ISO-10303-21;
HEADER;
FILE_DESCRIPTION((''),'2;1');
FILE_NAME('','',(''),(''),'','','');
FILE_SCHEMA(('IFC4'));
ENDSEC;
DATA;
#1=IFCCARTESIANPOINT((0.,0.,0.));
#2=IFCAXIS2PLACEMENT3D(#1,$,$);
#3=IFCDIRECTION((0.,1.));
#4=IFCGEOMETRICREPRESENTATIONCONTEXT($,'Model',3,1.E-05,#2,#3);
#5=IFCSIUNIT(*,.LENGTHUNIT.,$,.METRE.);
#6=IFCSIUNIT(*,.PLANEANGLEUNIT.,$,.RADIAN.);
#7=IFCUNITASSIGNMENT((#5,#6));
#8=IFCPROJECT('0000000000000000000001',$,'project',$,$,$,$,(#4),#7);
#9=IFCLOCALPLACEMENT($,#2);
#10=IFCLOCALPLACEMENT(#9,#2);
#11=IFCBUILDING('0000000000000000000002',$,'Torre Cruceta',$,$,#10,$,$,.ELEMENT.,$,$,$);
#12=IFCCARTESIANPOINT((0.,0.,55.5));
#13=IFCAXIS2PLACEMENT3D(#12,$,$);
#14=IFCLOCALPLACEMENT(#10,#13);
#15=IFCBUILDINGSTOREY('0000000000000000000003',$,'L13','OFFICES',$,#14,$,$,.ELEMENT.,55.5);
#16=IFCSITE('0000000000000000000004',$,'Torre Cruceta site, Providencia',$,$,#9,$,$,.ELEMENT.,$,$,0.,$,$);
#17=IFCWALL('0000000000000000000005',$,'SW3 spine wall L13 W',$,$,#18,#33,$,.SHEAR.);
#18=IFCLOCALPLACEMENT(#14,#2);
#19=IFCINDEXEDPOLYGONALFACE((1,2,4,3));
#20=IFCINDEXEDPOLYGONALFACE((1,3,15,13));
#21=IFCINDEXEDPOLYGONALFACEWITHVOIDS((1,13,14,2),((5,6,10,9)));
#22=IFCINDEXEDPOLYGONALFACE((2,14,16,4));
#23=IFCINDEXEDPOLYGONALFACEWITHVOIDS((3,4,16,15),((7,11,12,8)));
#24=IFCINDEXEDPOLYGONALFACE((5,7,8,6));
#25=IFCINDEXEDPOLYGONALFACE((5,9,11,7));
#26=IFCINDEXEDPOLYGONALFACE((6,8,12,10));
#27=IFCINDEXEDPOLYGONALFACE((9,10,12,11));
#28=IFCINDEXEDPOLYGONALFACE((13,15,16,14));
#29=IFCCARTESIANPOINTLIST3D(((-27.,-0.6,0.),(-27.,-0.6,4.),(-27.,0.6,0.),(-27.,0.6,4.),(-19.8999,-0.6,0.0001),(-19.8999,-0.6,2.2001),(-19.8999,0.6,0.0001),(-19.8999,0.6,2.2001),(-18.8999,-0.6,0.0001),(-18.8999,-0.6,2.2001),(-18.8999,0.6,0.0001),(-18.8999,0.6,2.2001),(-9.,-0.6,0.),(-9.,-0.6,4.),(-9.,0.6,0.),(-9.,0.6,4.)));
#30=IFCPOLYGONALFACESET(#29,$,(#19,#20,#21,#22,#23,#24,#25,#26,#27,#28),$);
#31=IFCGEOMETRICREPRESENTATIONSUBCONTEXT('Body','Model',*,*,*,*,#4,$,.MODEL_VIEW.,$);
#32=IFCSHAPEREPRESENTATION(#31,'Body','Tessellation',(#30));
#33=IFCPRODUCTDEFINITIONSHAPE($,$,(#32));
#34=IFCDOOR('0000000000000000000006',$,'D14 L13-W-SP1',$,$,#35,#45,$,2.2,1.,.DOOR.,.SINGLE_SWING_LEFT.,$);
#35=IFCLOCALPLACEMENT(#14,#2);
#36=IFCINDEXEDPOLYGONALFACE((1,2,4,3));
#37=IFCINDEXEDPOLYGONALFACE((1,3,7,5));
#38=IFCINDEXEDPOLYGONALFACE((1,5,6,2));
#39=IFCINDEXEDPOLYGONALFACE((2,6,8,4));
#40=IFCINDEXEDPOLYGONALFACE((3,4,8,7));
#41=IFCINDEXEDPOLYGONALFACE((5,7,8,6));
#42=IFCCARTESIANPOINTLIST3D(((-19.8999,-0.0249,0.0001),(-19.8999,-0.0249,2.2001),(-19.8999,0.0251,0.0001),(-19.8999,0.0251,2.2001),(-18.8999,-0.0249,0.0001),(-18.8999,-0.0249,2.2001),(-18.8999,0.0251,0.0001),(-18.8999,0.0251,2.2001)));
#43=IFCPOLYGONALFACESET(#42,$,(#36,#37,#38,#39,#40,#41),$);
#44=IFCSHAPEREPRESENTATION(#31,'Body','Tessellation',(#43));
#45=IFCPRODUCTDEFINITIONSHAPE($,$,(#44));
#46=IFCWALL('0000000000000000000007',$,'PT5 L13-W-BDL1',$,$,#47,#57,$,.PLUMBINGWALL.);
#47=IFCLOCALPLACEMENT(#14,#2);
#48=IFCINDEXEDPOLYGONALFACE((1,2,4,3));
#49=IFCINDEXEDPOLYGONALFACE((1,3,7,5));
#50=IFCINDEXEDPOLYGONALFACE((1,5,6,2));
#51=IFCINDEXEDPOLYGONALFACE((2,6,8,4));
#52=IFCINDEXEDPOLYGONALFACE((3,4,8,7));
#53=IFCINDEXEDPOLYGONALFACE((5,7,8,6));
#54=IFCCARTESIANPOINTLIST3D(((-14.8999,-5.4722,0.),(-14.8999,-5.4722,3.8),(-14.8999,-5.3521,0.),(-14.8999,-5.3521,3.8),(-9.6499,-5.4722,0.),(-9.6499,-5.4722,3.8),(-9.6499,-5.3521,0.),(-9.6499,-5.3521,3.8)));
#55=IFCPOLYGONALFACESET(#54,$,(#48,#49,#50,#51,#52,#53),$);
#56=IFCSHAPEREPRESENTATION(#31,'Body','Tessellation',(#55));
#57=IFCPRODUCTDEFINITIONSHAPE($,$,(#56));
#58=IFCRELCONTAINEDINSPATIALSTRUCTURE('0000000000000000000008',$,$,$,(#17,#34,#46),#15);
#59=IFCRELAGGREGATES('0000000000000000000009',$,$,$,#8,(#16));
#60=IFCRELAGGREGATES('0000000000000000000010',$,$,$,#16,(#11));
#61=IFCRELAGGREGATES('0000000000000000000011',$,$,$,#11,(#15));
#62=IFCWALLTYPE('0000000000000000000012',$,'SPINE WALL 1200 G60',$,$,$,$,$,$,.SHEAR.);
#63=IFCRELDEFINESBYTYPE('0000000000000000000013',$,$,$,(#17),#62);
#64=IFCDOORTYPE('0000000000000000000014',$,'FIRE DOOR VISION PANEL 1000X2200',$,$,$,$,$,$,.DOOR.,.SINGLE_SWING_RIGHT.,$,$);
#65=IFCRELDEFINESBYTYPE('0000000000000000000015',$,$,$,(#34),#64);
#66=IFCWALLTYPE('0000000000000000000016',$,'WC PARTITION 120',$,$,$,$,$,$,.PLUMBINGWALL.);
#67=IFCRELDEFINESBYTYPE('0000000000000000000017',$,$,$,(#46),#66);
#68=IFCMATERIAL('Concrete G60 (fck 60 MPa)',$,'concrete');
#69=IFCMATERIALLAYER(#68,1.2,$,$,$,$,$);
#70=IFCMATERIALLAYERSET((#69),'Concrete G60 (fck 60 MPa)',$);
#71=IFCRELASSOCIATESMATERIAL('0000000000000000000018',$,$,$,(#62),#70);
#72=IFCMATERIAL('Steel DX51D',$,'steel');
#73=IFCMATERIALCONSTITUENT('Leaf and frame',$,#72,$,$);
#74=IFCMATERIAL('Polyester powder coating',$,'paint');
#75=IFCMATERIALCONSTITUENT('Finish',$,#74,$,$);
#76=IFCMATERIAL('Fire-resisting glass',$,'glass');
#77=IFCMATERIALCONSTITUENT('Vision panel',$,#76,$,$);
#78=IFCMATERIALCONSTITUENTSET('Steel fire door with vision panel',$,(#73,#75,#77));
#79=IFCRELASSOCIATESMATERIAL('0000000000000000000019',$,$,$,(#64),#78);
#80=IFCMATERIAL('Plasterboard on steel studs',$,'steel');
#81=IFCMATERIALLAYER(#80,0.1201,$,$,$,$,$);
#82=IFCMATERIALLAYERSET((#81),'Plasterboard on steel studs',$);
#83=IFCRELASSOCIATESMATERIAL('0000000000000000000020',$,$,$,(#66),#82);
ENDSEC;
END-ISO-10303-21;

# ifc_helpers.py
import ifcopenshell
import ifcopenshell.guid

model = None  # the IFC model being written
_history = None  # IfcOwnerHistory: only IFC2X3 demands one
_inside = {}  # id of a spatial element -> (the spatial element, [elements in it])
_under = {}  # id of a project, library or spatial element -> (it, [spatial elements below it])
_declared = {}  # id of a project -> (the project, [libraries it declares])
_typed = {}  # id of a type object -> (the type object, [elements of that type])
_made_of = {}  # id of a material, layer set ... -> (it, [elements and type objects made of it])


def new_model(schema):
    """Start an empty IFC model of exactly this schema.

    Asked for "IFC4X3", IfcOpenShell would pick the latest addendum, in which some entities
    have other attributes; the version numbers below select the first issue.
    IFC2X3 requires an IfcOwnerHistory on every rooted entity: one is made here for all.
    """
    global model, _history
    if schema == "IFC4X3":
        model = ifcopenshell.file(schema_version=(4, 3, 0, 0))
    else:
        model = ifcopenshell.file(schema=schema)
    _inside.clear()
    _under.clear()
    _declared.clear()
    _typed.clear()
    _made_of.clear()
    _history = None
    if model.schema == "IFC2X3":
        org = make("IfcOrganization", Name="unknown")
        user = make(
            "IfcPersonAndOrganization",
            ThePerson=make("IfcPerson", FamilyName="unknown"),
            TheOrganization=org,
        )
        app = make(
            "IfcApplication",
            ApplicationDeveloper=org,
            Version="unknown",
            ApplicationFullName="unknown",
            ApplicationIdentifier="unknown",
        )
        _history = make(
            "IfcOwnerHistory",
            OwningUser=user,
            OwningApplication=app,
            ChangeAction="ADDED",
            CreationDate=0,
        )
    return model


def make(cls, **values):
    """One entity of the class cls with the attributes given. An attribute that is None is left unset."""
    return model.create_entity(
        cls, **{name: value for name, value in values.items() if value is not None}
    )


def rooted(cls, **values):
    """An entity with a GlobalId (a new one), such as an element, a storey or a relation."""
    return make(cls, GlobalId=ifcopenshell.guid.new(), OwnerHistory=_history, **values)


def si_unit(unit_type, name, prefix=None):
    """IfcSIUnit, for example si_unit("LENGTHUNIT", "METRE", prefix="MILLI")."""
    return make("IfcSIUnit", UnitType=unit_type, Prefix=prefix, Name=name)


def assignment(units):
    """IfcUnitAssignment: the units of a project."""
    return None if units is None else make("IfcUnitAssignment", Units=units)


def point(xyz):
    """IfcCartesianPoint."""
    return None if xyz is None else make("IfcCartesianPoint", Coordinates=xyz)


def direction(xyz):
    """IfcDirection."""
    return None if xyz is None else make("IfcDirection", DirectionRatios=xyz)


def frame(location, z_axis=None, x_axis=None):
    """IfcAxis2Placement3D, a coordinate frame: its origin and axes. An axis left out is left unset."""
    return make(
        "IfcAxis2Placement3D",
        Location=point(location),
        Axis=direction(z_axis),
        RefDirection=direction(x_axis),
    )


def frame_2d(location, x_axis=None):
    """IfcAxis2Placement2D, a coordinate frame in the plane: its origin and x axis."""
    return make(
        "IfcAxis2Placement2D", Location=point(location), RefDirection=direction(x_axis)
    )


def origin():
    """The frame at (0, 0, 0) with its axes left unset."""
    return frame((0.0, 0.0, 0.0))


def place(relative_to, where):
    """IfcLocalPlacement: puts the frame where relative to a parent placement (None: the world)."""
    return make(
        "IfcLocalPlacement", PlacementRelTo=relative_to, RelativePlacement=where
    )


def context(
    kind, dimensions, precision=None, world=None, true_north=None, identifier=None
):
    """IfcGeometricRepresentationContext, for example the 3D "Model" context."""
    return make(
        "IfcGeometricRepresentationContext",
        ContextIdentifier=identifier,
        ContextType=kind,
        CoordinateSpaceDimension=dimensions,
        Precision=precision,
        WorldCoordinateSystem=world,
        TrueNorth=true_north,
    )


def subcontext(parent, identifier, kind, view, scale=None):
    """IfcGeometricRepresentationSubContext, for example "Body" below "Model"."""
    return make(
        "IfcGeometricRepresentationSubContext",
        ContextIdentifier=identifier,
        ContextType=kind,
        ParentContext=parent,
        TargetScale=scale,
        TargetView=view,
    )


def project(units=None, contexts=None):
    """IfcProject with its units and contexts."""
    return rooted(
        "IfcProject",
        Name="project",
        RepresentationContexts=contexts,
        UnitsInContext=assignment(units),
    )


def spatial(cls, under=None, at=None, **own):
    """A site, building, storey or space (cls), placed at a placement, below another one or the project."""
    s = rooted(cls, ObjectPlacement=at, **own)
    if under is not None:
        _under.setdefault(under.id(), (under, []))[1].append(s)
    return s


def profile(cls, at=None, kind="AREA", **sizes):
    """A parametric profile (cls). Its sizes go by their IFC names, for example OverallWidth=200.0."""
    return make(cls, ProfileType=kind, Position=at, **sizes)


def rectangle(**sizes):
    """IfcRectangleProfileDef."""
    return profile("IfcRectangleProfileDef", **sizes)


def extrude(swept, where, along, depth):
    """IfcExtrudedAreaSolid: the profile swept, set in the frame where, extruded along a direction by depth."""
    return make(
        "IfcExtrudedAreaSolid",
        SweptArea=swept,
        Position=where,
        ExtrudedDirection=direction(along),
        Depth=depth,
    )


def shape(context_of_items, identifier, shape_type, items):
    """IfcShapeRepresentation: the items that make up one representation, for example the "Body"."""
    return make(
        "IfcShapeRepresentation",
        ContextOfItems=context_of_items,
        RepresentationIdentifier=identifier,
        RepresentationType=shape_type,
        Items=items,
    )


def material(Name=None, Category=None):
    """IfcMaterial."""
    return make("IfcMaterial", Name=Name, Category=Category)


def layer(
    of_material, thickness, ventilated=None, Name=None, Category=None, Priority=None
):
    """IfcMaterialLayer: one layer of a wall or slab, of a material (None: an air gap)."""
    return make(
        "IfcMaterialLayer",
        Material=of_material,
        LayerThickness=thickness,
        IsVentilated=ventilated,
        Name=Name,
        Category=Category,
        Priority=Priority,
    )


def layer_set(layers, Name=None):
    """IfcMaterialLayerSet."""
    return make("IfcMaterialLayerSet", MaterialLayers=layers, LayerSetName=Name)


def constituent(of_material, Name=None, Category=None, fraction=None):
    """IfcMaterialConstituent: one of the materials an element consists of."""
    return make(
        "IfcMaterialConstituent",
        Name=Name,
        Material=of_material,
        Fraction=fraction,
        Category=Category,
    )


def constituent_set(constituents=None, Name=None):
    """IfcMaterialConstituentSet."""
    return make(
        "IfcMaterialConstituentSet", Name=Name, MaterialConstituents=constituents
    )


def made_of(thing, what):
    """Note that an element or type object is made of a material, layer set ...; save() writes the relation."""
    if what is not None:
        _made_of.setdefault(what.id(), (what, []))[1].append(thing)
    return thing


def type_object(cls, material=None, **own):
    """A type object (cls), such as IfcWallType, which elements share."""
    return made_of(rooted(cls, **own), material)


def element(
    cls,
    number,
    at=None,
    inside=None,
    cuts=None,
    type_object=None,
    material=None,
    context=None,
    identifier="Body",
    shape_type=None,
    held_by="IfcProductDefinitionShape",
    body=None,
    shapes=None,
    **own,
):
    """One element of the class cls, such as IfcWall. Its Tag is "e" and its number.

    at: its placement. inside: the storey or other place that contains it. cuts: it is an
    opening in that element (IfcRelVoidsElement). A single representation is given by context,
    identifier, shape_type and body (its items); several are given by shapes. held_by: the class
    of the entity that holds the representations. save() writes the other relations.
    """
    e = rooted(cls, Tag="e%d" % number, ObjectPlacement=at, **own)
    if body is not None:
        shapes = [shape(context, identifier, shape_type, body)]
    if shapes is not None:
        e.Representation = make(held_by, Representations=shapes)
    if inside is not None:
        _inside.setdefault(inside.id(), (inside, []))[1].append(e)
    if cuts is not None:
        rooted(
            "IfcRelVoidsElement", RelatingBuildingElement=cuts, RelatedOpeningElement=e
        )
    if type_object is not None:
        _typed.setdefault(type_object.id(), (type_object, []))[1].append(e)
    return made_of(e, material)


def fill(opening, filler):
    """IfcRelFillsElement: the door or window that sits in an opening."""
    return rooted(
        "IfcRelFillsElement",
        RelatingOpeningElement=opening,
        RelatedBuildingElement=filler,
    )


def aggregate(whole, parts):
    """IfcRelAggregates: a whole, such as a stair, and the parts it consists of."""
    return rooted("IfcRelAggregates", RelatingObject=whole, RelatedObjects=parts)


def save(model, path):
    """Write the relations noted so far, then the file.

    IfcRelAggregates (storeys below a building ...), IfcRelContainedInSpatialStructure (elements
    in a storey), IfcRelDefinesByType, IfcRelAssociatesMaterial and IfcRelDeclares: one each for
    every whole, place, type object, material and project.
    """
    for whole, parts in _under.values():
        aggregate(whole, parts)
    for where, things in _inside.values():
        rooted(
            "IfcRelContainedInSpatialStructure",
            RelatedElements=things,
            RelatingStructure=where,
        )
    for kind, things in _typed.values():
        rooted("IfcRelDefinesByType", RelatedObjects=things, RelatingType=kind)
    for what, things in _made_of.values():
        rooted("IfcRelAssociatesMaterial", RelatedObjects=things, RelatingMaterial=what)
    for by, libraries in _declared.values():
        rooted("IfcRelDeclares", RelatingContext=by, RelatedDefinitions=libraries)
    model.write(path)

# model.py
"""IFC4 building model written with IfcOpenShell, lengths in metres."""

from ifc_helpers import new_model, si_unit, direction, frame, frame_2d, origin, place, context, subcontext, project, spatial, rectangle, extrude, material, layer, layer_set, constituent, constituent_set, type_object, element, fill, save


model = new_model("IFC4")

# Units and contexts
model_context = context("Model", 3, precision=1e-05, world=origin(), true_north=direction((0.0, 1.0)))
body_context = subcontext(model_context, "Body", "Model", "MODEL_VIEW")
ifc_project = project(units=[si_unit("LENGTHUNIT", "METRE"), si_unit("PLANEANGLEUNIT", "RADIAN")], contexts=[model_context])

# Site, building, storey
site_placement = place(None, origin())
site = spatial("IfcSite", under=ifc_project, at=site_placement, Name="Torre Cruceta site, Providencia", CompositionType="ELEMENT", RefElevation=0.0)
building_placement = place(site_placement, origin())
building = spatial("IfcBuilding", under=site, at=building_placement, Name="Torre Cruceta", CompositionType="ELEMENT")
storey_placement = place(building_placement, frame((0.0, 0.0, 55.5)))
storey = spatial("IfcBuildingStorey", under=building, at=storey_placement, Name="L13", Description="OFFICES", CompositionType="ELEMENT", Elevation=55.5)

# Wall, opening, door
ifc_material_1 = material(Name="Concrete G60 (fck 60 MPa)", Category="concrete")
ifc_layer_1 = layer(ifc_material_1, 1.2)
ifc_layer_set_1 = layer_set([ifc_layer_1], Name="Concrete G60 (fck 60 MPa)")
wall_type_1 = type_object("IfcWallType", Name="SPINE WALL 1200 G60", PredefinedType="SHEAR", material=ifc_layer_set_1)
wall_1_placement = place(storey_placement, frame((-9.0, 0.0, 0.0), z_axis=(0.0, 0.0, 1.0), x_axis=(-1.0, 0.0, 0.0)))
wall_1 = element("IfcWall", 1, at=wall_1_placement, inside=storey, type_object=wall_type_1, Name="SW3 spine wall L13 W", PredefinedType="SHEAR", context=body_context, shape_type="SweptSolid", body=[
    extrude(rectangle(XDim=18.0, YDim=1.2, at=frame_2d((9.0, 0.0))), origin(), (0.0, 0.0, 1.0), 4.0),
])
opening_1_placement = place(wall_1_placement, frame((9.8999, 0.0, 0.0)))
opening_1 = element("IfcOpeningElement", 2, at=opening_1_placement, cuts=wall_1, PredefinedType="OPENING", context=body_context, shape_type="SweptSolid", body=[
    extrude(rectangle(XDim=1.0, YDim=2.2, at=frame_2d((0.5, 1.1001))), frame((0.0, 0.6099, 0.0), z_axis=(0.0, -1.0, 0.0), x_axis=(1.0, 0.0, 0.0)), (0.0, 0.0, 1.0), 1.22),
])
ifc_material_2 = material(Name="Steel DX51D", Category="steel")
ifc_constituent_1 = constituent(ifc_material_2, Name="Leaf and frame")
ifc_material_3 = material(Name="Polyester powder coating", Category="paint")
ifc_constituent_2 = constituent(ifc_material_3, Name="Finish")
ifc_material_4 = material(Name="Fire-resisting glass", Category="glass")
ifc_constituent_3 = constituent(ifc_material_4, Name="Vision panel")
ifc_constituent_set_1 = constituent_set(constituents=[ifc_constituent_1, ifc_constituent_2, ifc_constituent_3], Name="Steel fire door with vision panel")
door_type_1 = type_object("IfcDoorType", Name="FIRE DOOR VISION PANEL 1000X2200", OperationType="SINGLE_SWING_RIGHT", PredefinedType="DOOR", material=ifc_constituent_set_1)
door_1_placement = place(opening_1_placement, frame((1.0, 0.0, 0.0), z_axis=(0.0, 0.0, 1.0), x_axis=(-1.0, 0.0, 0.0)))
door_1 = element("IfcDoor", 3, at=door_1_placement, inside=storey, type_object=door_type_1, Name="D14 L13-W-SP1", OperationType="SINGLE_SWING_LEFT", OverallHeight=2.2, OverallWidth=1.0, PredefinedType="DOOR", context=body_context, shape_type="SweptSolid", body=[
    extrude(rectangle(XDim=1.0, YDim=2.2, at=frame_2d((0.5, 1.1001))), frame((0.0, 0.0251, 0.0), z_axis=(0.0, -1.0, 0.0), x_axis=(1.0, 0.0, 0.0)), (0.0, 0.0, 1.0), 0.05),
])
fill(opening_1, door_1)

# Wall
ifc_material_5 = material(Name="Plasterboard on steel studs", Category="steel")
ifc_layer_2 = layer(ifc_material_5, 0.1201)
ifc_layer_set_2 = layer_set([ifc_layer_2], Name="Plasterboard on steel studs")
wall_type_2 = type_object("IfcWallType", Name="WC PARTITION 120", PredefinedType="PLUMBINGWALL", material=ifc_layer_set_2)
wall_2_placement = place(storey_placement, frame((-9.6499, -5.4121, 0.0), z_axis=(0.0, 0.0, 1.0), x_axis=(-1.0, 0.0, 0.0)))
element("IfcWall", 4, at=wall_2_placement, inside=storey, type_object=wall_type_2, Name="PT5 L13-W-BDL1", PredefinedType="PLUMBINGWALL", context=body_context, shape_type="SweptSolid", body=[
    extrude(rectangle(XDim=5.25, YDim=0.1201, at=frame_2d((2.625, 0.0))), origin(), (0.0, 0.0, 1.0), 3.8),
])

save(model, "model.ifc")
